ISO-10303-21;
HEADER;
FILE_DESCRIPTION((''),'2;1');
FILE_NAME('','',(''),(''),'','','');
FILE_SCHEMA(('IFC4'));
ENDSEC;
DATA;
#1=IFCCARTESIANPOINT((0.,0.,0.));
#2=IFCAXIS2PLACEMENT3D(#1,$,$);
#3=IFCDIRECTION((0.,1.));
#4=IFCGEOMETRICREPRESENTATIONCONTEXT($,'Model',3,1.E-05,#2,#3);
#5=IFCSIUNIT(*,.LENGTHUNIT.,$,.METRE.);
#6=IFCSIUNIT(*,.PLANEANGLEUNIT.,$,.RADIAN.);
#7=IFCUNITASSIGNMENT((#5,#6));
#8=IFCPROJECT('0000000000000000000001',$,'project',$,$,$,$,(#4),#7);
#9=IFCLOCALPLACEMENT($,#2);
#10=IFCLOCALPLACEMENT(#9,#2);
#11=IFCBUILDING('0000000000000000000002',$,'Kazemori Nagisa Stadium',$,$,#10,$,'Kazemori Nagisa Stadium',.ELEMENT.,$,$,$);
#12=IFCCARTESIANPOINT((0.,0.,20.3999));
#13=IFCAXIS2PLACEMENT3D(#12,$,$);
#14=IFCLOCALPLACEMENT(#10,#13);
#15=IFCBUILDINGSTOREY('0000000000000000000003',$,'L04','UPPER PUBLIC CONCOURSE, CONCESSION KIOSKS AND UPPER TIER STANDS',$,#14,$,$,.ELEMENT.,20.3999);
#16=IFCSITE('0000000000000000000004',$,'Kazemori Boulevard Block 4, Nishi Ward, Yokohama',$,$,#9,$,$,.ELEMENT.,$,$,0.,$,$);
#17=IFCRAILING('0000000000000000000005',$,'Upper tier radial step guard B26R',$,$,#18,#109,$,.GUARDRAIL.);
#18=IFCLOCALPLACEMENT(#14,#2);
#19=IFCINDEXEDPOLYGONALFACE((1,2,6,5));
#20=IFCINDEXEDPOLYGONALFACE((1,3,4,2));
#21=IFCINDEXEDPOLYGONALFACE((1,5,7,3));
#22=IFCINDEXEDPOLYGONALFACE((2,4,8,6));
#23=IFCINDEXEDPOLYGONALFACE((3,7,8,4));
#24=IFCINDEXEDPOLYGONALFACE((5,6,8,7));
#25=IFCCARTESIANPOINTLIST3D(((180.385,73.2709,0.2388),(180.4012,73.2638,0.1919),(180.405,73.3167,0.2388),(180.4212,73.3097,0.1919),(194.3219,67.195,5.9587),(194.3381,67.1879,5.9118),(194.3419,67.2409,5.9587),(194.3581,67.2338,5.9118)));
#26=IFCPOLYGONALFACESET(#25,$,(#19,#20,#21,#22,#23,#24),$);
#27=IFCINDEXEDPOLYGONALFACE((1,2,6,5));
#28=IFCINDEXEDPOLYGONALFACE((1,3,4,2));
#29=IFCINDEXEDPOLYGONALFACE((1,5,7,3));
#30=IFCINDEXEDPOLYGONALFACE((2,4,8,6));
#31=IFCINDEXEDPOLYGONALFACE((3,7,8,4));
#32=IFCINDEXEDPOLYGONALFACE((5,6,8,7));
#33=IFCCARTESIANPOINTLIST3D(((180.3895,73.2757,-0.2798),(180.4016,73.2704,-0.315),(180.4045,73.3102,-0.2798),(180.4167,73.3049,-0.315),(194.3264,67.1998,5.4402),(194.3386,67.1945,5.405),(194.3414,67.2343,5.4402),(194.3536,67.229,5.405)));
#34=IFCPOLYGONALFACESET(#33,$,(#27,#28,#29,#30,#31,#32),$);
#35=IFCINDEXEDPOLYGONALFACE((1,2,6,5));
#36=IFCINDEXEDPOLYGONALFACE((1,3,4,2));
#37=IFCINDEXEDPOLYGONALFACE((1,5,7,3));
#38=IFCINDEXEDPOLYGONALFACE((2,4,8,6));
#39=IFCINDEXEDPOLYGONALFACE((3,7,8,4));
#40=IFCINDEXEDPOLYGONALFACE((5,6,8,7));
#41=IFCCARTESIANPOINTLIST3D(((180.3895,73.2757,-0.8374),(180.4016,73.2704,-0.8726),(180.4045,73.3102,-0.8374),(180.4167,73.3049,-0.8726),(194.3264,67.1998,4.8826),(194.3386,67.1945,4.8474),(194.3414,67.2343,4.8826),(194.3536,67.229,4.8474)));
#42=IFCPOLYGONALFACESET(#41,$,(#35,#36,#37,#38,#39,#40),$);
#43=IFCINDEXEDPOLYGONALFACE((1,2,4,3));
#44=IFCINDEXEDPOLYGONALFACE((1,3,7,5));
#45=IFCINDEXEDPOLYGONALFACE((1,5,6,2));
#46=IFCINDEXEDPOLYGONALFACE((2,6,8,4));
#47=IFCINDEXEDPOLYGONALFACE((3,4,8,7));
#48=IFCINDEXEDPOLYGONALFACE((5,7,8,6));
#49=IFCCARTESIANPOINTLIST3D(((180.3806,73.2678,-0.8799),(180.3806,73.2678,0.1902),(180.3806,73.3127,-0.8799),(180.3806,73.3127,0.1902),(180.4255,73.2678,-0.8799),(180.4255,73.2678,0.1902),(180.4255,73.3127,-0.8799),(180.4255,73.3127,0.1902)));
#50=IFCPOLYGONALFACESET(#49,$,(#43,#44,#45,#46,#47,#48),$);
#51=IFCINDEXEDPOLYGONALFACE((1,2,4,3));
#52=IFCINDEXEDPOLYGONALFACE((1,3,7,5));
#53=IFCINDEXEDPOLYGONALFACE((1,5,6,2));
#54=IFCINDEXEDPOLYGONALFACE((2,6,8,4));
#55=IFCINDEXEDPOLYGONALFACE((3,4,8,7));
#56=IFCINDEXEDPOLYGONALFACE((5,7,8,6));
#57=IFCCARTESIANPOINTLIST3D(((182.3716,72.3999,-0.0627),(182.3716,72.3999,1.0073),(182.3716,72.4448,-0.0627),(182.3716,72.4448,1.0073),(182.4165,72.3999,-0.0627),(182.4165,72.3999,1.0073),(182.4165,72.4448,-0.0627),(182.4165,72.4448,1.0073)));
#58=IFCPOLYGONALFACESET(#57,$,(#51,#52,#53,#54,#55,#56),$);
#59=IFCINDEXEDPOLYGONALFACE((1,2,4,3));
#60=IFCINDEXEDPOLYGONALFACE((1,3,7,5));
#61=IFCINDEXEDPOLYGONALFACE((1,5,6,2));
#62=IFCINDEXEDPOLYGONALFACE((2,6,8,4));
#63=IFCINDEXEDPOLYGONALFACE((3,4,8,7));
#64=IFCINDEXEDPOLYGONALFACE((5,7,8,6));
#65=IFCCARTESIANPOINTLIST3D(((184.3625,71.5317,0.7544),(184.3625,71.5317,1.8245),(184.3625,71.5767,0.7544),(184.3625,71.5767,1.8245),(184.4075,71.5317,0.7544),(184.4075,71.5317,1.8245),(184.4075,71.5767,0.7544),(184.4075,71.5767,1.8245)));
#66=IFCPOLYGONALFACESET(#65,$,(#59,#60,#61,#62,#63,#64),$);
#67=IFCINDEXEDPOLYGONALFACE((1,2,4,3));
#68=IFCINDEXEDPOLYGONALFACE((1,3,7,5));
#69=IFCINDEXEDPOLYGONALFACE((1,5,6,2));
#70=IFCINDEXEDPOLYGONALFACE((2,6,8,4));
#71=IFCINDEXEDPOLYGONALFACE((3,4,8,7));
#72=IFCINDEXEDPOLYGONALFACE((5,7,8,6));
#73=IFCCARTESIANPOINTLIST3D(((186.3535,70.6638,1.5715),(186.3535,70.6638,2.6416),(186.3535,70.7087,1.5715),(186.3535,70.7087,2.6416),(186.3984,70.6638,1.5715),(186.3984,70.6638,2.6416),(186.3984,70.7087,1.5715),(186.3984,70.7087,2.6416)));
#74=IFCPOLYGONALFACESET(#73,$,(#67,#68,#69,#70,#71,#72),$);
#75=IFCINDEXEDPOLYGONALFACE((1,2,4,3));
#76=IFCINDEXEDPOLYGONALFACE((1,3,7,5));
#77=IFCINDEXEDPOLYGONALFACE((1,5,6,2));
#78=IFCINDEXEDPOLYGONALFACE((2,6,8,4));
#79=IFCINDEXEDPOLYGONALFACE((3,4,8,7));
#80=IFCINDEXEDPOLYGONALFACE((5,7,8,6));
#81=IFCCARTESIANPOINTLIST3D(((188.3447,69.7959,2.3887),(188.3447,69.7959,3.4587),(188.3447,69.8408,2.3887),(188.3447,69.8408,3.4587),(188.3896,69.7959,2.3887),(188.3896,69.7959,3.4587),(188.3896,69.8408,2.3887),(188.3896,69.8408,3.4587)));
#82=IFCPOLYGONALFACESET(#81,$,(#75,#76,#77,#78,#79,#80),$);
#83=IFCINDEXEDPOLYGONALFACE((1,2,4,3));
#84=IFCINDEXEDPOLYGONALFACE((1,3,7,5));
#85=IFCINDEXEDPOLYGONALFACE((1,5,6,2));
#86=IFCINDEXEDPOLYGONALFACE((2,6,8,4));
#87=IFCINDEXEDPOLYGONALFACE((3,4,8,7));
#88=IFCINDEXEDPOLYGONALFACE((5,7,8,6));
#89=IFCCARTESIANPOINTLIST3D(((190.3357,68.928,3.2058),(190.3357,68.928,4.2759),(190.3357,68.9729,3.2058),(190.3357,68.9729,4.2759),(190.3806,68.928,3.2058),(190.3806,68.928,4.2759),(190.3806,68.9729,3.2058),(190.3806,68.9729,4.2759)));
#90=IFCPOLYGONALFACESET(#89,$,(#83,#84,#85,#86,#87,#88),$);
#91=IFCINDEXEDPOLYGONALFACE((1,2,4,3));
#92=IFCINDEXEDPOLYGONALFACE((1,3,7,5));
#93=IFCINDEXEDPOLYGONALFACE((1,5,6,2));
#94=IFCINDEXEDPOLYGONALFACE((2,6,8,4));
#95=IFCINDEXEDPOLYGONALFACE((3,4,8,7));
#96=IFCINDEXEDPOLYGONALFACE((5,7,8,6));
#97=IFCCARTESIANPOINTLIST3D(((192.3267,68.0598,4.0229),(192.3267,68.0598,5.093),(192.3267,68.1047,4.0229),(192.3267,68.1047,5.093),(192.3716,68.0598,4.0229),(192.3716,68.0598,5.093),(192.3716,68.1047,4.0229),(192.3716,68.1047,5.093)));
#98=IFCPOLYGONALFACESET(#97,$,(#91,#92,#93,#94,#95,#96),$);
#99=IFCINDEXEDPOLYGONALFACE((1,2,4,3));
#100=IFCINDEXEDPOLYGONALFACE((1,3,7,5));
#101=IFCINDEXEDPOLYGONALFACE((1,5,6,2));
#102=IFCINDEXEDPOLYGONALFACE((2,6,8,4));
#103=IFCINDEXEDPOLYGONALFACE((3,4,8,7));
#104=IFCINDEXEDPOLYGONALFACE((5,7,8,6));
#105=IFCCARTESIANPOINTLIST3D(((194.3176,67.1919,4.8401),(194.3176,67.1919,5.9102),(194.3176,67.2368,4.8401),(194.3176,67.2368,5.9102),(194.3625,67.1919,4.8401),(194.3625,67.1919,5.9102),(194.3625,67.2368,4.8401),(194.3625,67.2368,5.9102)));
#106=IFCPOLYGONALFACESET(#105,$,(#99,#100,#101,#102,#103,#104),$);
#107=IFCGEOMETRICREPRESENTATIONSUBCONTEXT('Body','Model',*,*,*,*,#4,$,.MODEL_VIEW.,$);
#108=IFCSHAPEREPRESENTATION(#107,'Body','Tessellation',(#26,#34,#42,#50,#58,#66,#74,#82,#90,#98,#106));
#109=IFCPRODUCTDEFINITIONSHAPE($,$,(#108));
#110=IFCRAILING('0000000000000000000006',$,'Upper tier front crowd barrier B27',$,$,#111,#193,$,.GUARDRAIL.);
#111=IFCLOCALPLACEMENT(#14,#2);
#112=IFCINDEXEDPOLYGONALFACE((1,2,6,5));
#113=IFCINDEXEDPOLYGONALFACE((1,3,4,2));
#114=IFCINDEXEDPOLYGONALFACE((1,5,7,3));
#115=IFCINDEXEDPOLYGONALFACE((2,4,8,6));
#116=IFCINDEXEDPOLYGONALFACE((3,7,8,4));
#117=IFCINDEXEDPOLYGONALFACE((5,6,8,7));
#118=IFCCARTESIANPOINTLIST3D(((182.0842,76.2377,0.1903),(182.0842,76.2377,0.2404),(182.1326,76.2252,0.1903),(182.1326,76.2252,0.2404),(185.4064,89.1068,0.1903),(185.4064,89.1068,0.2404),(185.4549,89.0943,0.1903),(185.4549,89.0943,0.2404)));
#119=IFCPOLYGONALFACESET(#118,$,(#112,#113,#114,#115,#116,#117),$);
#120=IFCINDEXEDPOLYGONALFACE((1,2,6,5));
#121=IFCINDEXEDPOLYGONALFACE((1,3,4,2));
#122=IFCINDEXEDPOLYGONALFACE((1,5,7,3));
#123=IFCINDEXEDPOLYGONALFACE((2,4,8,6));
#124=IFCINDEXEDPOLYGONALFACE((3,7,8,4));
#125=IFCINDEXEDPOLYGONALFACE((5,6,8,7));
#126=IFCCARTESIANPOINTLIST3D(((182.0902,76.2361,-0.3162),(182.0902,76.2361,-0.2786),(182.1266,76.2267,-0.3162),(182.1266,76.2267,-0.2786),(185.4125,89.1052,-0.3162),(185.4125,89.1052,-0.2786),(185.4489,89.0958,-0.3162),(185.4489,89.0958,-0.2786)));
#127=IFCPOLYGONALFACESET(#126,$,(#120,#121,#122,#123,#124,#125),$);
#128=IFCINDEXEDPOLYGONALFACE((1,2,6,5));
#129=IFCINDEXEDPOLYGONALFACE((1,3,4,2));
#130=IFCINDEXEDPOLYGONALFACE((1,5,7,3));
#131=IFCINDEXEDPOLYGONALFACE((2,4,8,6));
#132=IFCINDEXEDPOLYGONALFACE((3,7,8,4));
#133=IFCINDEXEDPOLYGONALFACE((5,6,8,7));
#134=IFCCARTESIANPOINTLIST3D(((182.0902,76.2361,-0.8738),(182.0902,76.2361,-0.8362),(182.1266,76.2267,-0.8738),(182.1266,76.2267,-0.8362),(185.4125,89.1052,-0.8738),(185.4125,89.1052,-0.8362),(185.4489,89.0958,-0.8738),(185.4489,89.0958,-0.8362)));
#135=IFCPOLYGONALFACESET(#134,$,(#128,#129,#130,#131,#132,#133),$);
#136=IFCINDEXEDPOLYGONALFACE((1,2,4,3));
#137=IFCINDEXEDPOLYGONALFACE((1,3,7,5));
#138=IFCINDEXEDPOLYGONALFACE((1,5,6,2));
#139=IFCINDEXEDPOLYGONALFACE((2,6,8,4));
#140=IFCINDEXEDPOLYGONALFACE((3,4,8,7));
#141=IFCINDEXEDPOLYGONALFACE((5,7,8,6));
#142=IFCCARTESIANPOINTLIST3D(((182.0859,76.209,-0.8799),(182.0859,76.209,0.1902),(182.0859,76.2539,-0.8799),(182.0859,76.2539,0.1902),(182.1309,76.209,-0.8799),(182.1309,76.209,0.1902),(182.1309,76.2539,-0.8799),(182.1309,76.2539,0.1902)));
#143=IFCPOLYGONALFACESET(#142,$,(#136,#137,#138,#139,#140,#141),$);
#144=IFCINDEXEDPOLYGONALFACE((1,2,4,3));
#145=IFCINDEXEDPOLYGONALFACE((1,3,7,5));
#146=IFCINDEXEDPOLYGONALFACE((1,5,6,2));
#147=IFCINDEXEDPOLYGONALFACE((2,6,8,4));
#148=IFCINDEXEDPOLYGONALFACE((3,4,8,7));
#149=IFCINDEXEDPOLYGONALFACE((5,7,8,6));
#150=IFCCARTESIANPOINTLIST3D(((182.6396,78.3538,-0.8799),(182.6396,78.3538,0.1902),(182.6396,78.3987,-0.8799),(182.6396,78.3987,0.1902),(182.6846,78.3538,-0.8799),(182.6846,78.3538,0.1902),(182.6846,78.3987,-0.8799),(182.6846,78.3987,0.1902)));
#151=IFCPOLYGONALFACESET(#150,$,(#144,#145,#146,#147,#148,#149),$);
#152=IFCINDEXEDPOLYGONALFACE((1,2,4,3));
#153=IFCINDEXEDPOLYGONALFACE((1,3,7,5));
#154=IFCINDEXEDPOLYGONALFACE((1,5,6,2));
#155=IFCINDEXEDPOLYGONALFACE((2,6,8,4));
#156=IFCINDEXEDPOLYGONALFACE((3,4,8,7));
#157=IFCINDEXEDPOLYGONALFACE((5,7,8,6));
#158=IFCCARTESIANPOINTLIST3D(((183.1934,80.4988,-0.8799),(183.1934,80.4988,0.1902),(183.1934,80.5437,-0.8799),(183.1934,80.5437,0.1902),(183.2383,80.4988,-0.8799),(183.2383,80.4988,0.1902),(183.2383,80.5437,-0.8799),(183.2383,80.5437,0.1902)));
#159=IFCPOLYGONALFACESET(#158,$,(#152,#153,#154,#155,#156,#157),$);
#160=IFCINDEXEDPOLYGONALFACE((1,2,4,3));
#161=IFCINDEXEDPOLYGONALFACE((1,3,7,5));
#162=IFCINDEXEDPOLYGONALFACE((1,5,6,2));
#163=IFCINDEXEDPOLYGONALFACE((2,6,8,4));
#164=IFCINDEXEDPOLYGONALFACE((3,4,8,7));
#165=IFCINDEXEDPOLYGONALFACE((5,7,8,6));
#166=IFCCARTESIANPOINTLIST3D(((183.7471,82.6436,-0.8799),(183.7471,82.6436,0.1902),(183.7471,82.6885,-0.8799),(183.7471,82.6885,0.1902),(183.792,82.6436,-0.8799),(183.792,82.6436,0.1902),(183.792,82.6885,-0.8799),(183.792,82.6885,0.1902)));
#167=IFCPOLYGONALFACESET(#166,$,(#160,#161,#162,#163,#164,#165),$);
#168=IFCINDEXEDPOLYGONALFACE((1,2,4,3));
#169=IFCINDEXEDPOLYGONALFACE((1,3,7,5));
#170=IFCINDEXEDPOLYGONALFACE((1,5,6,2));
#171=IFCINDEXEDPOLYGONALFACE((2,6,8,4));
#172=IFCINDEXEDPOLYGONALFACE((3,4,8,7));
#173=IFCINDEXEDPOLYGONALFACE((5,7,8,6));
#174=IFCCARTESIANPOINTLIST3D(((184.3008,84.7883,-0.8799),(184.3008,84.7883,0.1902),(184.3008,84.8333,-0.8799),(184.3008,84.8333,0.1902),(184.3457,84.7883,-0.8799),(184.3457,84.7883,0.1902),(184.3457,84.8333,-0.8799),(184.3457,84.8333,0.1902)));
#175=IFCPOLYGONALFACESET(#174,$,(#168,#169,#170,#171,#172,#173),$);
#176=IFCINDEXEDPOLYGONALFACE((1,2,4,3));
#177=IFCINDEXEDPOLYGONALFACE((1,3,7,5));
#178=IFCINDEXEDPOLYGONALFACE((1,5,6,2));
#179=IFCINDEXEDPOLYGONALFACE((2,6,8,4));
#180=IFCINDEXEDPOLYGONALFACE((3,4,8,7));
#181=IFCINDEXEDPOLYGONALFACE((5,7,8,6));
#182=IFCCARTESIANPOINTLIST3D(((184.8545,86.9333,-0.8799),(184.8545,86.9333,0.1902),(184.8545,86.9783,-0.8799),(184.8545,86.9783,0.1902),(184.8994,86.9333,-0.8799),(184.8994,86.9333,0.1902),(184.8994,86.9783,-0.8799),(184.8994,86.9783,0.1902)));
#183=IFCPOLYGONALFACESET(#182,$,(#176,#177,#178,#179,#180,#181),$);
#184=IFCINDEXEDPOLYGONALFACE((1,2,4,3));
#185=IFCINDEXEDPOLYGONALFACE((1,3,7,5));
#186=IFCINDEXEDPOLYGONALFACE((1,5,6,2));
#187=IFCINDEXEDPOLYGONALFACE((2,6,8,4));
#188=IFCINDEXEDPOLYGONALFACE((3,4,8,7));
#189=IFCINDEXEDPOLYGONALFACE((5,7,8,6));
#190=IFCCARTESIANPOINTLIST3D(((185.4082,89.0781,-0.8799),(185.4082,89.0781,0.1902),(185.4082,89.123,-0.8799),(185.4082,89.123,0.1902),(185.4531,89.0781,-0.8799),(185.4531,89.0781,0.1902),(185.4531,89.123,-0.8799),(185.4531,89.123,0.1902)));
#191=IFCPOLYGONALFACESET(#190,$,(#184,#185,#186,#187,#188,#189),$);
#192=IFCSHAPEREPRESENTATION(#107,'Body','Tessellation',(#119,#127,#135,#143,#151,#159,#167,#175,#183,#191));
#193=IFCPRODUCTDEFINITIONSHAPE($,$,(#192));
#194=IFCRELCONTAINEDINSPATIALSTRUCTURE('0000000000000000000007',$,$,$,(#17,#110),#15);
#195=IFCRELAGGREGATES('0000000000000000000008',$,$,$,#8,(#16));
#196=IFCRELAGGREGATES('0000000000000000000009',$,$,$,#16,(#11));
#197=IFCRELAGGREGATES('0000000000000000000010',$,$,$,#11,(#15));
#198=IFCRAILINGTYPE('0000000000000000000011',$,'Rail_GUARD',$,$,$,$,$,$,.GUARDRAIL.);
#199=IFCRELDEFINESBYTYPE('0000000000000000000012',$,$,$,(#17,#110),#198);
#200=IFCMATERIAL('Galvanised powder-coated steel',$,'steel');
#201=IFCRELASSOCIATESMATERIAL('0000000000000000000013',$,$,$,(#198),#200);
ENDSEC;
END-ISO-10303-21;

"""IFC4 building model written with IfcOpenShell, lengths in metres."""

from ifc_helpers import new_model, si_unit, direction, frame, origin, origin_2d, place, context, subcontext, project, spatial, rectangle, extrude, material, type_object, element, save


model = new_model("IFC4")

# Units and contexts
model_context = context("Model", 3, precision=1e-05, world=origin(), true_north=direction((0.0, 1.0)))
body_context = subcontext(model_context, "Body", "Model", "MODEL_VIEW")
ifc_project = project(units=[si_unit("LENGTHUNIT", "METRE"), si_unit("PLANEANGLEUNIT", "RADIAN")], contexts=[model_context])

# Site, building, storey
site_placement = place(None, origin())
site = spatial("IfcSite", under=ifc_project, at=site_placement, Name="Kazemori Boulevard Block 4, Nishi Ward, Yokohama", CompositionType="ELEMENT", RefElevation=0.0)
building_placement = place(site_placement, origin())
building = spatial("IfcBuilding", under=site, at=building_placement, Name="Kazemori Nagisa Stadium", LongName="Kazemori Nagisa Stadium", CompositionType="ELEMENT")
storey_placement = place(building_placement, frame((0.0, 0.0, 20.3999)))
storey = spatial("IfcBuildingStorey", under=building, at=storey_placement, Name="L04", Description="UPPER PUBLIC CONCOURSE, CONCESSION KIOSKS AND UPPER TIER STANDS", CompositionType="ELEMENT", Elevation=20.3999)

# Railings
ifc_material_1 = material(Name="Galvanised powder-coated steel", Category="steel")
railing_type_1 = type_object("IfcRailingType", Name="Rail_GUARD", PredefinedType="GUARDRAIL", material=ifc_material_1)
railing_1_placement = place(storey_placement, frame((180.4031, 73.2903, -0.8799)))
element("IfcRailing", 1, at=railing_1_placement, inside=storey, type_object=railing_type_1, Name="Upper tier radial step guard B26R", PredefinedType="GUARDRAIL", context=body_context, shape_type="SweptSolid", body=[
    extrude(rectangle(XDim=0.05, YDim=0.05, at=origin_2d()), frame((0.0, 0.0, 1.0952), z_axis=(0.857966, -0.374036, 0.352123), x_axis=(0.399631, 0.916676, 0.0)), (0.0, 0.0, 1.0), 16.2441),
    extrude(rectangle(XDim=0.0376, YDim=0.0376, at=origin_2d()), frame((0.0, 0.0, 0.5825), z_axis=(0.857966, -0.374036, 0.352123), x_axis=(0.399631, 0.916676, 0.0)), (0.0, 0.0, 1.0), 16.2441),
    extrude(rectangle(XDim=0.0376, YDim=0.0376, at=origin_2d()), frame((0.0, 0.0, 0.0249), z_axis=(0.857966, -0.374036, 0.352123), x_axis=(0.399631, 0.916676, 0.0)), (0.0, 0.0, 1.0), 16.2441),
    extrude(rectangle(XDim=0.0449, YDim=0.0449, at=origin_2d()), origin(), (0.0, 0.0, 1.0), 1.0701),
    extrude(rectangle(XDim=0.0449, YDim=0.0449, at=origin_2d()), frame((1.991, -0.8679, 0.8171)), (0.0, 0.0, 1.0), 1.0701),
    extrude(rectangle(XDim=0.0449, YDim=0.0449, at=origin_2d()), frame((3.9819, -1.7361, 1.6343)), (0.0, 0.0, 1.0), 1.0701),
    extrude(rectangle(XDim=0.0449, YDim=0.0449, at=origin_2d()), frame((5.9729, -2.604, 2.4514)), (0.0, 0.0, 1.0), 1.0701),
    extrude(rectangle(XDim=0.0449, YDim=0.0449, at=origin_2d()), frame((7.9641, -3.4719, 3.2686)), (0.0, 0.0, 1.0), 1.0701),
    extrude(rectangle(XDim=0.0449, YDim=0.0449, at=origin_2d()), frame((9.9551, -4.3398, 4.0857)), (0.0, 0.0, 1.0), 1.0701),
    extrude(rectangle(XDim=0.0449, YDim=0.0449, at=origin_2d()), frame((11.946, -5.208, 4.9028)), (0.0, 0.0, 1.0), 1.0701),
    extrude(rectangle(XDim=0.0449, YDim=0.0449, at=origin_2d()), frame((13.937, -6.0759, 5.72)), (0.0, 0.0, 1.0), 1.0701),
])
railing_2_placement = place(storey_placement, frame((182.1084, 76.2314, -0.8799)))
element("IfcRailing", 2, at=railing_2_placement, inside=storey, type_object=railing_type_1, Name="Upper tier front crowd barrier B27", PredefinedType="GUARDRAIL", context=body_context, shape_type="SweptSolid", body=[
    extrude(rectangle(XDim=0.05, YDim=0.05, at=origin_2d()), frame((0.0, 0.0, 1.0952), z_axis=(0.249962, 0.968256, 0.0), x_axis=(-0.968256, 0.249962, 0.0)), (0.0, 0.0, 1.0), 13.291),
    extrude(rectangle(XDim=0.0376, YDim=0.0376, at=origin_2d()), frame((0.0, 0.0, 0.5825), z_axis=(0.249962, 0.968256, 0.0), x_axis=(-0.968256, 0.249962, 0.0)), (0.0, 0.0, 1.0), 13.291),
    extrude(rectangle(XDim=0.0376, YDim=0.0376, at=origin_2d()), frame((0.0, 0.0, 0.0249), z_axis=(0.249962, 0.968256, 0.0), x_axis=(-0.968256, 0.249962, 0.0)), (0.0, 0.0, 1.0), 13.291),
    extrude(rectangle(XDim=0.0449, YDim=0.0449, at=origin_2d()), origin(), (0.0, 0.0, 1.0), 1.0701),
    extrude(rectangle(XDim=0.0449, YDim=0.0449, at=origin_2d()), frame((0.5537, 2.1448, 0.0)), (0.0, 0.0, 1.0), 1.0701),
    extrude(rectangle(XDim=0.0449, YDim=0.0449, at=origin_2d()), frame((1.1074, 4.2898, 0.0)), (0.0, 0.0, 1.0), 1.0701),
    extrude(rectangle(XDim=0.0449, YDim=0.0449, at=origin_2d()), frame((1.6611, 6.4346, 0.0)), (0.0, 0.0, 1.0), 1.0701),
    extrude(rectangle(XDim=0.0449, YDim=0.0449, at=origin_2d()), frame((2.2148, 8.5793, 0.0)), (0.0, 0.0, 1.0), 1.0701),
    extrude(rectangle(XDim=0.0449, YDim=0.0449, at=origin_2d()), frame((2.7686, 10.7244, 0.0)), (0.0, 0.0, 1.0), 1.0701),
    extrude(rectangle(XDim=0.0449, YDim=0.0449, at=origin_2d()), frame((3.3223, 12.8691, 0.0)), (0.0, 0.0, 1.0), 1.0701),
])

save(model, "model.ifc")
